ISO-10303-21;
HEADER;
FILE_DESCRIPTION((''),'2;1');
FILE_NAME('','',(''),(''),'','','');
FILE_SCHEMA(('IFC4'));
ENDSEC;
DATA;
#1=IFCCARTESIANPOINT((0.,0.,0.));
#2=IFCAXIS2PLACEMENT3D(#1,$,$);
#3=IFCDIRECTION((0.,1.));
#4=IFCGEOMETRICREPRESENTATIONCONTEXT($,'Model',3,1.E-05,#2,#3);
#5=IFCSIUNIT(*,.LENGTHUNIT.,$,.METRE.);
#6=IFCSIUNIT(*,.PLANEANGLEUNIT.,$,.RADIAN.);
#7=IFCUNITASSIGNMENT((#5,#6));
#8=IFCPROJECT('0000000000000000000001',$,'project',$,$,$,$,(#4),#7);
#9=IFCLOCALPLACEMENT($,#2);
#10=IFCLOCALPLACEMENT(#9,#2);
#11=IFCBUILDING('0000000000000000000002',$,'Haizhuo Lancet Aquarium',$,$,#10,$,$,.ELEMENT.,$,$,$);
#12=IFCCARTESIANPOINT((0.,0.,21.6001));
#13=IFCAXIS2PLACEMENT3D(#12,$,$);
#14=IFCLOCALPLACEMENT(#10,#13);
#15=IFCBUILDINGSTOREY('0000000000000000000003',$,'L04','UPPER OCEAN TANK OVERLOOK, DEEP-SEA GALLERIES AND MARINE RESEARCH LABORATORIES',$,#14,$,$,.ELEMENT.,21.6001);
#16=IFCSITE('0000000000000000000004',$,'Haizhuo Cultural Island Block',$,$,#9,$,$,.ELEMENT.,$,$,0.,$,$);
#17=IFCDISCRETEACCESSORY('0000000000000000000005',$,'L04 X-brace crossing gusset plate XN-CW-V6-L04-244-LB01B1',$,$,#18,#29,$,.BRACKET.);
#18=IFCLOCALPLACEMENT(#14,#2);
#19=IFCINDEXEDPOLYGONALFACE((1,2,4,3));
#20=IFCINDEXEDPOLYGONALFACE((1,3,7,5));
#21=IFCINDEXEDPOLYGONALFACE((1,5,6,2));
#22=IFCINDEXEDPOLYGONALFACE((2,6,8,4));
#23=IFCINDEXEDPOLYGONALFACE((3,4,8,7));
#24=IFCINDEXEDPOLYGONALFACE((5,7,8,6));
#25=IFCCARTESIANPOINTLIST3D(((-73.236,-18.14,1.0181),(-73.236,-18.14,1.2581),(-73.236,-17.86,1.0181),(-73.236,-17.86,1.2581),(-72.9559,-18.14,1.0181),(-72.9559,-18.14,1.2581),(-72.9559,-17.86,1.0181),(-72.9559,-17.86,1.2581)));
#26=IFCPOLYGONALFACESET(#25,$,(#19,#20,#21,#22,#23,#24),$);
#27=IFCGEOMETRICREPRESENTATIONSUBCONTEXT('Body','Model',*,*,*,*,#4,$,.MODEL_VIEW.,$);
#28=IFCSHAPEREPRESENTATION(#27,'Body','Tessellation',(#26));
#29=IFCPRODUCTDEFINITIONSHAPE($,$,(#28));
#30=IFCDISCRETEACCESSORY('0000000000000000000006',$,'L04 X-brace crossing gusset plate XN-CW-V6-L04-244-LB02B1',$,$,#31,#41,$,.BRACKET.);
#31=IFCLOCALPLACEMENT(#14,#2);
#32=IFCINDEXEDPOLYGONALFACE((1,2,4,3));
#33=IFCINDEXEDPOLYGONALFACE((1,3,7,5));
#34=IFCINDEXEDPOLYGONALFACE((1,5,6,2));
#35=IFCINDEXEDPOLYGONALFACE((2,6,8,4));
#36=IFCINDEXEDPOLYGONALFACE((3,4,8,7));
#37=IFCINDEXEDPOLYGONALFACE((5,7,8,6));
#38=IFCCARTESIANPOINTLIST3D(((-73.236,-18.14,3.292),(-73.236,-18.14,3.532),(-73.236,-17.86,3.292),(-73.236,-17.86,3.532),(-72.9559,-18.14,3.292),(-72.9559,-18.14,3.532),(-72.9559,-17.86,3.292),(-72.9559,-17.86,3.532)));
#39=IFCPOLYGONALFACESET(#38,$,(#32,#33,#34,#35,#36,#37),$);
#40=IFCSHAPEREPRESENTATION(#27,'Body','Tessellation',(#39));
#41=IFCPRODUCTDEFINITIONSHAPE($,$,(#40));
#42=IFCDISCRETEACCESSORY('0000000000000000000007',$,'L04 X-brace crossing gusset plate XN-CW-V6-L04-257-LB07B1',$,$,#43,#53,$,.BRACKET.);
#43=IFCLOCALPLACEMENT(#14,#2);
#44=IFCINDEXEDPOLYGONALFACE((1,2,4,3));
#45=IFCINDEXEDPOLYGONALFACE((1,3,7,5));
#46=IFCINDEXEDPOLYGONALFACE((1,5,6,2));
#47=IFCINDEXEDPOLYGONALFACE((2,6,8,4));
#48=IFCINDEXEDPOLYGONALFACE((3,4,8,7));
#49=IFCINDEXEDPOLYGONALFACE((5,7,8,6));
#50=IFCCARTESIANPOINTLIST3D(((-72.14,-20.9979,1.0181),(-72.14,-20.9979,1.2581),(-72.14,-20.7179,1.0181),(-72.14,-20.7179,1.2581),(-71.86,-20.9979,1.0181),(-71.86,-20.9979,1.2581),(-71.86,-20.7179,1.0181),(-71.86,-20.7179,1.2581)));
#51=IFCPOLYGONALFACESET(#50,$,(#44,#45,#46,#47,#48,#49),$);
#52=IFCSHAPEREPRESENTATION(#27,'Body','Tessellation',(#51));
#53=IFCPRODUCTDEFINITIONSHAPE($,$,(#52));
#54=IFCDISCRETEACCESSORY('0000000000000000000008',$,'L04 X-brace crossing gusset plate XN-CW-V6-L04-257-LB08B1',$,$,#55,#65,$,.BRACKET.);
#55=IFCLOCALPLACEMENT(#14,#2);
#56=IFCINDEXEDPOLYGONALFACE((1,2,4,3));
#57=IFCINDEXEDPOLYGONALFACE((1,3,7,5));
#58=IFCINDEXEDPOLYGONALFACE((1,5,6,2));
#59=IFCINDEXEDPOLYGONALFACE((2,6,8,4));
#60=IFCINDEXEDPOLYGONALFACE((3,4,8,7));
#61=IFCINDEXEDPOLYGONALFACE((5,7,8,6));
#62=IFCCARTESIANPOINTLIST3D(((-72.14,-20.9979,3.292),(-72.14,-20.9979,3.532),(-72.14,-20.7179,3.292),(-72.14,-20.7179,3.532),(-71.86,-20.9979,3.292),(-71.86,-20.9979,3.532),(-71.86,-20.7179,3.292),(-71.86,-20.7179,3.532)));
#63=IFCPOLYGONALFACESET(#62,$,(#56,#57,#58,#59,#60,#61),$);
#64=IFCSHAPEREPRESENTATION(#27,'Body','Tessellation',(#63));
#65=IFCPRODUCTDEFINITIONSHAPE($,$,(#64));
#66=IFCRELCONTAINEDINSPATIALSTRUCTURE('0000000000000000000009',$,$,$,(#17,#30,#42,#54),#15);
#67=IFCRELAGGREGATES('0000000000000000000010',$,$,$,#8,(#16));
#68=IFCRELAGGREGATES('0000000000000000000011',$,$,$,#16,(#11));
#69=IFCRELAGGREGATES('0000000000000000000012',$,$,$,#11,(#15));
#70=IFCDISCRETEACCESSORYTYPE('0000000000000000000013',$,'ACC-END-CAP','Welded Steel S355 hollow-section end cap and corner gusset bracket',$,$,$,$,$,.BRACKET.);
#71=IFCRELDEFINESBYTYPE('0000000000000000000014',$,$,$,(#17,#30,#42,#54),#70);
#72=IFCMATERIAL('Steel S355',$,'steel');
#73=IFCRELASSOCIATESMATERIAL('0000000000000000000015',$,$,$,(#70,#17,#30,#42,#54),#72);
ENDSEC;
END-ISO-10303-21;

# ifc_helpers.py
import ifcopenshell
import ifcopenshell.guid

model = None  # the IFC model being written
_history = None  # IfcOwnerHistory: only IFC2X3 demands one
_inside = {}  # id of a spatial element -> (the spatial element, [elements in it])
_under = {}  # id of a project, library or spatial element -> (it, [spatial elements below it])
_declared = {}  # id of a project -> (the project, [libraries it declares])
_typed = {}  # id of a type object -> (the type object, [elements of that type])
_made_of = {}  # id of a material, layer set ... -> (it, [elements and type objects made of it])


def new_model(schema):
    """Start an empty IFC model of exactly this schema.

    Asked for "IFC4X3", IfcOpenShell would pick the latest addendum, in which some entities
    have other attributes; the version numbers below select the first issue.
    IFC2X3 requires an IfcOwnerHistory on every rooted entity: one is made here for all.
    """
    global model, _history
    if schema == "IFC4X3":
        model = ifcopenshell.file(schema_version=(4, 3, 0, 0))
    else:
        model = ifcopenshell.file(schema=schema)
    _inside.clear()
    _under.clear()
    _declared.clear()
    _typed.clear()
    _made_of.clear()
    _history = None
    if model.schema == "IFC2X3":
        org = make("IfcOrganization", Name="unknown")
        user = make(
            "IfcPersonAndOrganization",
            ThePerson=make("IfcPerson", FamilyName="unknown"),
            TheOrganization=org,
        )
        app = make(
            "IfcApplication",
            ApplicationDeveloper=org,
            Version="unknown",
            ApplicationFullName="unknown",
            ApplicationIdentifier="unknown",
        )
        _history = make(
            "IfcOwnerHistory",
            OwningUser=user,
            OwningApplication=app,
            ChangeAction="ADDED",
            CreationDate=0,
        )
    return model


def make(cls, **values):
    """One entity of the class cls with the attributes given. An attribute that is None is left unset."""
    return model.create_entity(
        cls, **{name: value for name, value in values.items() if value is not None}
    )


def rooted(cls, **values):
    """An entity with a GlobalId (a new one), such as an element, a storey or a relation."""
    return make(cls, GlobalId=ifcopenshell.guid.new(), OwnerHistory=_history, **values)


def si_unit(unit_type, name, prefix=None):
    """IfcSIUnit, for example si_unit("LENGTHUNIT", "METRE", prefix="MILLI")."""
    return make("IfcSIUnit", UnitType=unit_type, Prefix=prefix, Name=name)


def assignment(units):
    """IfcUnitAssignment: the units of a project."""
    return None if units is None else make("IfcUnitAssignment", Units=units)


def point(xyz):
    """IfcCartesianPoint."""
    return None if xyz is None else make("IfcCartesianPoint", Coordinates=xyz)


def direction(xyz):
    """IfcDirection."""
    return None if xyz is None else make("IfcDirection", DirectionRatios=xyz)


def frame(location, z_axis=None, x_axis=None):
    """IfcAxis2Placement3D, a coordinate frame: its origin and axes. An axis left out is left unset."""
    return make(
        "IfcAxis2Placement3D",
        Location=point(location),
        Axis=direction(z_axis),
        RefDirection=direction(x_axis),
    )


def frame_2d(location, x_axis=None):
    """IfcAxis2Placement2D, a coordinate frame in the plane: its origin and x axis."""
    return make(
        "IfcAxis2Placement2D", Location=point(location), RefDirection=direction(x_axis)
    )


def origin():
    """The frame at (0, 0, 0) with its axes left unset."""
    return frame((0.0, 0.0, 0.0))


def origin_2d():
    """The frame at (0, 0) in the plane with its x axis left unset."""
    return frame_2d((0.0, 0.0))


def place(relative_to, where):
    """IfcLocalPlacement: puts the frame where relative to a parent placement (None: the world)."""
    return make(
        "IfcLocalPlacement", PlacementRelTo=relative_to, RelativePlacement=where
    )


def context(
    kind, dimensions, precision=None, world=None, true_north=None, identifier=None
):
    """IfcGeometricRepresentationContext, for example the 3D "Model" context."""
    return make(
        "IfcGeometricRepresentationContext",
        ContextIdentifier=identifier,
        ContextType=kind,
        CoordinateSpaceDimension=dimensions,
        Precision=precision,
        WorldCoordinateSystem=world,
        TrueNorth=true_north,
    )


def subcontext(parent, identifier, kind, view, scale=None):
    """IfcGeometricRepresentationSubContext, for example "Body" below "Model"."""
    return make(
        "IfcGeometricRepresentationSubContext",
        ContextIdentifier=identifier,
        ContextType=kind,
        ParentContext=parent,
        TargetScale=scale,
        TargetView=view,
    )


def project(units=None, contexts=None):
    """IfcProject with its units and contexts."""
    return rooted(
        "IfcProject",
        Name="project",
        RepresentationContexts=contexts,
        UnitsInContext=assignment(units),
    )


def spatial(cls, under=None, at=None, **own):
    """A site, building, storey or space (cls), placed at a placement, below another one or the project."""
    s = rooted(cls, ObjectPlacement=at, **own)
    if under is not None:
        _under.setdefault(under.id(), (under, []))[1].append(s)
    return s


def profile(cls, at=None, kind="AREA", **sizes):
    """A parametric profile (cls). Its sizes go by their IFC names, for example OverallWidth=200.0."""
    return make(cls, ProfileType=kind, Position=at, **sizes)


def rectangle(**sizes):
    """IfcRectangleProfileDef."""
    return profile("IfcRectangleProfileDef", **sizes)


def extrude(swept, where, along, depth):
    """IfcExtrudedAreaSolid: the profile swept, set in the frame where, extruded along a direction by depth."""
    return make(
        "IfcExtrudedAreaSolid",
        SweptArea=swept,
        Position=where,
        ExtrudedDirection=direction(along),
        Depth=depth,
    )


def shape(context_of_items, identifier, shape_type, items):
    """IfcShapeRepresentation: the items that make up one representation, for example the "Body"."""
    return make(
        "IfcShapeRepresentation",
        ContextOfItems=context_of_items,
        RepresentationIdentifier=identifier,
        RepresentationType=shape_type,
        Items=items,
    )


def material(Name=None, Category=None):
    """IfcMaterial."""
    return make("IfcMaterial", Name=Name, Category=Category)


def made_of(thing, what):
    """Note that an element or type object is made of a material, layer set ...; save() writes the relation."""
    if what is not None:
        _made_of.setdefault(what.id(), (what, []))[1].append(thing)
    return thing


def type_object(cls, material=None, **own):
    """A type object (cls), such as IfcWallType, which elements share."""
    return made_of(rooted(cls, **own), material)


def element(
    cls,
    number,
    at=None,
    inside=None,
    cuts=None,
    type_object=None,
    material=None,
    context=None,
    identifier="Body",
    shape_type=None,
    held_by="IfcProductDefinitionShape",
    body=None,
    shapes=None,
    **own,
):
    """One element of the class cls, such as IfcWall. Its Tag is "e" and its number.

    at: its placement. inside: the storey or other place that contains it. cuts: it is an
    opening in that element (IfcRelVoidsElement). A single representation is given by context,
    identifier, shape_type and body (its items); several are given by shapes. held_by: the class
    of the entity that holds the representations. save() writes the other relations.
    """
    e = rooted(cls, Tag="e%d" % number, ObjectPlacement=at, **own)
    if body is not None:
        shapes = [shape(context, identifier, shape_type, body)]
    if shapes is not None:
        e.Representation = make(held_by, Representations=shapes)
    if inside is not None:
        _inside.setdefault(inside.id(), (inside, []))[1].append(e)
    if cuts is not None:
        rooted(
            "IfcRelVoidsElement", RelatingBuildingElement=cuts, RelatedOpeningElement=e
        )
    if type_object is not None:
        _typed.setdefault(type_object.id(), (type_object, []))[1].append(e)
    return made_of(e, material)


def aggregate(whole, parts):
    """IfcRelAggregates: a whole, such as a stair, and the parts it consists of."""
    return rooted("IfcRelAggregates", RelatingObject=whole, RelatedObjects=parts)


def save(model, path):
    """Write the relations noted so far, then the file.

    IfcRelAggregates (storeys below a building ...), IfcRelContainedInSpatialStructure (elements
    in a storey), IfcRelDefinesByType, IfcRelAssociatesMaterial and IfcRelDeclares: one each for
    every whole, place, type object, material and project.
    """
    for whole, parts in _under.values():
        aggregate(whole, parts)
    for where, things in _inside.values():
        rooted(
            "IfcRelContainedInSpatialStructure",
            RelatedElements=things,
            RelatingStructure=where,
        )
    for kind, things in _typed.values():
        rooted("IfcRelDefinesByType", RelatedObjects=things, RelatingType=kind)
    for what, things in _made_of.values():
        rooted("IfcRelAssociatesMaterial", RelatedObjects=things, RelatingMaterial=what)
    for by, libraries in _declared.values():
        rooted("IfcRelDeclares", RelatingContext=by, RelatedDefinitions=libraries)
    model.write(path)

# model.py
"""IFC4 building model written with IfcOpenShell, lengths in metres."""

from ifc_helpers import new_model, si_unit, direction, frame, origin, origin_2d, place, context, subcontext, project, spatial, rectangle, extrude, material, type_object, element, save


model = new_model("IFC4")

# Units and contexts
model_context = context("Model", 3, precision=1e-05, world=origin(), true_north=direction((0.0, 1.0)))
body_context = subcontext(model_context, "Body", "Model", "MODEL_VIEW")
ifc_project = project(units=[si_unit("LENGTHUNIT", "METRE"), si_unit("PLANEANGLEUNIT", "RADIAN")], contexts=[model_context])

# Site, building, storey
site_placement = place(None, origin())
site = spatial("IfcSite", under=ifc_project, at=site_placement, Name="Haizhuo Cultural Island Block", CompositionType="ELEMENT", RefElevation=0.0)
building_placement = place(site_placement, origin())
building = spatial("IfcBuilding", under=site, at=building_placement, Name="Haizhuo Lancet Aquarium", CompositionType="ELEMENT")
storey_placement = place(building_placement, frame((0.0, 0.0, 21.6001)))
storey = spatial("IfcBuildingStorey", under=building, at=storey_placement, Name="L04", Description="UPPER OCEAN TANK OVERLOOK, DEEP-SEA GALLERIES AND MARINE RESEARCH LABORATORIES", CompositionType="ELEMENT", Elevation=21.6001)

# Shared definitions
ifc_material_1 = material(Name="Steel S355", Category="steel")

# Discrete accessories
discrete_accessory_type = type_object("IfcDiscreteAccessoryType", Name="ACC-END-CAP", Description="Welded Steel S355 hollow-section end cap and corner gusset bracket", PredefinedType="BRACKET", material=ifc_material_1)
for number, where, z_axis, x_axis, name in (
    (1, (-73.0959, -18.0, 1.0181), (0.0, 0.0, 1.0), (1.0, 0.0, 0.0), "L04 X-brace crossing gusset plate XN-CW-V6-L04-244-LB01B1"),
    (2, (-73.0959, -18.0, 3.292), (0.0, 0.0, 1.0), (1.0, 0.0, 0.0), "L04 X-brace crossing gusset plate XN-CW-V6-L04-244-LB02B1"),
    (3, (-72.0, -20.8579, 1.0181), (0.0, 0.0, 1.0), (1.0, 0.0, 0.0), "L04 X-brace crossing gusset plate XN-CW-V6-L04-257-LB07B1"),
    (4, (-72.0, -20.8579, 3.292), (0.0, 0.0, 1.0), (1.0, 0.0, 0.0), "L04 X-brace crossing gusset plate XN-CW-V6-L04-257-LB08B1"),
):
    element("IfcDiscreteAccessory", number, at=place(storey_placement, frame(where, z_axis=z_axis, x_axis=x_axis)), inside=storey, type_object=discrete_accessory_type, material=ifc_material_1, Name=name, PredefinedType="BRACKET", context=body_context, shape_type="SweptSolid", body=[
        extrude(rectangle(XDim=0.28, YDim=0.28, at=origin_2d()), origin(), (0.0, 0.0, 1.0), 0.24),
    ])

save(model, "model.ifc")
